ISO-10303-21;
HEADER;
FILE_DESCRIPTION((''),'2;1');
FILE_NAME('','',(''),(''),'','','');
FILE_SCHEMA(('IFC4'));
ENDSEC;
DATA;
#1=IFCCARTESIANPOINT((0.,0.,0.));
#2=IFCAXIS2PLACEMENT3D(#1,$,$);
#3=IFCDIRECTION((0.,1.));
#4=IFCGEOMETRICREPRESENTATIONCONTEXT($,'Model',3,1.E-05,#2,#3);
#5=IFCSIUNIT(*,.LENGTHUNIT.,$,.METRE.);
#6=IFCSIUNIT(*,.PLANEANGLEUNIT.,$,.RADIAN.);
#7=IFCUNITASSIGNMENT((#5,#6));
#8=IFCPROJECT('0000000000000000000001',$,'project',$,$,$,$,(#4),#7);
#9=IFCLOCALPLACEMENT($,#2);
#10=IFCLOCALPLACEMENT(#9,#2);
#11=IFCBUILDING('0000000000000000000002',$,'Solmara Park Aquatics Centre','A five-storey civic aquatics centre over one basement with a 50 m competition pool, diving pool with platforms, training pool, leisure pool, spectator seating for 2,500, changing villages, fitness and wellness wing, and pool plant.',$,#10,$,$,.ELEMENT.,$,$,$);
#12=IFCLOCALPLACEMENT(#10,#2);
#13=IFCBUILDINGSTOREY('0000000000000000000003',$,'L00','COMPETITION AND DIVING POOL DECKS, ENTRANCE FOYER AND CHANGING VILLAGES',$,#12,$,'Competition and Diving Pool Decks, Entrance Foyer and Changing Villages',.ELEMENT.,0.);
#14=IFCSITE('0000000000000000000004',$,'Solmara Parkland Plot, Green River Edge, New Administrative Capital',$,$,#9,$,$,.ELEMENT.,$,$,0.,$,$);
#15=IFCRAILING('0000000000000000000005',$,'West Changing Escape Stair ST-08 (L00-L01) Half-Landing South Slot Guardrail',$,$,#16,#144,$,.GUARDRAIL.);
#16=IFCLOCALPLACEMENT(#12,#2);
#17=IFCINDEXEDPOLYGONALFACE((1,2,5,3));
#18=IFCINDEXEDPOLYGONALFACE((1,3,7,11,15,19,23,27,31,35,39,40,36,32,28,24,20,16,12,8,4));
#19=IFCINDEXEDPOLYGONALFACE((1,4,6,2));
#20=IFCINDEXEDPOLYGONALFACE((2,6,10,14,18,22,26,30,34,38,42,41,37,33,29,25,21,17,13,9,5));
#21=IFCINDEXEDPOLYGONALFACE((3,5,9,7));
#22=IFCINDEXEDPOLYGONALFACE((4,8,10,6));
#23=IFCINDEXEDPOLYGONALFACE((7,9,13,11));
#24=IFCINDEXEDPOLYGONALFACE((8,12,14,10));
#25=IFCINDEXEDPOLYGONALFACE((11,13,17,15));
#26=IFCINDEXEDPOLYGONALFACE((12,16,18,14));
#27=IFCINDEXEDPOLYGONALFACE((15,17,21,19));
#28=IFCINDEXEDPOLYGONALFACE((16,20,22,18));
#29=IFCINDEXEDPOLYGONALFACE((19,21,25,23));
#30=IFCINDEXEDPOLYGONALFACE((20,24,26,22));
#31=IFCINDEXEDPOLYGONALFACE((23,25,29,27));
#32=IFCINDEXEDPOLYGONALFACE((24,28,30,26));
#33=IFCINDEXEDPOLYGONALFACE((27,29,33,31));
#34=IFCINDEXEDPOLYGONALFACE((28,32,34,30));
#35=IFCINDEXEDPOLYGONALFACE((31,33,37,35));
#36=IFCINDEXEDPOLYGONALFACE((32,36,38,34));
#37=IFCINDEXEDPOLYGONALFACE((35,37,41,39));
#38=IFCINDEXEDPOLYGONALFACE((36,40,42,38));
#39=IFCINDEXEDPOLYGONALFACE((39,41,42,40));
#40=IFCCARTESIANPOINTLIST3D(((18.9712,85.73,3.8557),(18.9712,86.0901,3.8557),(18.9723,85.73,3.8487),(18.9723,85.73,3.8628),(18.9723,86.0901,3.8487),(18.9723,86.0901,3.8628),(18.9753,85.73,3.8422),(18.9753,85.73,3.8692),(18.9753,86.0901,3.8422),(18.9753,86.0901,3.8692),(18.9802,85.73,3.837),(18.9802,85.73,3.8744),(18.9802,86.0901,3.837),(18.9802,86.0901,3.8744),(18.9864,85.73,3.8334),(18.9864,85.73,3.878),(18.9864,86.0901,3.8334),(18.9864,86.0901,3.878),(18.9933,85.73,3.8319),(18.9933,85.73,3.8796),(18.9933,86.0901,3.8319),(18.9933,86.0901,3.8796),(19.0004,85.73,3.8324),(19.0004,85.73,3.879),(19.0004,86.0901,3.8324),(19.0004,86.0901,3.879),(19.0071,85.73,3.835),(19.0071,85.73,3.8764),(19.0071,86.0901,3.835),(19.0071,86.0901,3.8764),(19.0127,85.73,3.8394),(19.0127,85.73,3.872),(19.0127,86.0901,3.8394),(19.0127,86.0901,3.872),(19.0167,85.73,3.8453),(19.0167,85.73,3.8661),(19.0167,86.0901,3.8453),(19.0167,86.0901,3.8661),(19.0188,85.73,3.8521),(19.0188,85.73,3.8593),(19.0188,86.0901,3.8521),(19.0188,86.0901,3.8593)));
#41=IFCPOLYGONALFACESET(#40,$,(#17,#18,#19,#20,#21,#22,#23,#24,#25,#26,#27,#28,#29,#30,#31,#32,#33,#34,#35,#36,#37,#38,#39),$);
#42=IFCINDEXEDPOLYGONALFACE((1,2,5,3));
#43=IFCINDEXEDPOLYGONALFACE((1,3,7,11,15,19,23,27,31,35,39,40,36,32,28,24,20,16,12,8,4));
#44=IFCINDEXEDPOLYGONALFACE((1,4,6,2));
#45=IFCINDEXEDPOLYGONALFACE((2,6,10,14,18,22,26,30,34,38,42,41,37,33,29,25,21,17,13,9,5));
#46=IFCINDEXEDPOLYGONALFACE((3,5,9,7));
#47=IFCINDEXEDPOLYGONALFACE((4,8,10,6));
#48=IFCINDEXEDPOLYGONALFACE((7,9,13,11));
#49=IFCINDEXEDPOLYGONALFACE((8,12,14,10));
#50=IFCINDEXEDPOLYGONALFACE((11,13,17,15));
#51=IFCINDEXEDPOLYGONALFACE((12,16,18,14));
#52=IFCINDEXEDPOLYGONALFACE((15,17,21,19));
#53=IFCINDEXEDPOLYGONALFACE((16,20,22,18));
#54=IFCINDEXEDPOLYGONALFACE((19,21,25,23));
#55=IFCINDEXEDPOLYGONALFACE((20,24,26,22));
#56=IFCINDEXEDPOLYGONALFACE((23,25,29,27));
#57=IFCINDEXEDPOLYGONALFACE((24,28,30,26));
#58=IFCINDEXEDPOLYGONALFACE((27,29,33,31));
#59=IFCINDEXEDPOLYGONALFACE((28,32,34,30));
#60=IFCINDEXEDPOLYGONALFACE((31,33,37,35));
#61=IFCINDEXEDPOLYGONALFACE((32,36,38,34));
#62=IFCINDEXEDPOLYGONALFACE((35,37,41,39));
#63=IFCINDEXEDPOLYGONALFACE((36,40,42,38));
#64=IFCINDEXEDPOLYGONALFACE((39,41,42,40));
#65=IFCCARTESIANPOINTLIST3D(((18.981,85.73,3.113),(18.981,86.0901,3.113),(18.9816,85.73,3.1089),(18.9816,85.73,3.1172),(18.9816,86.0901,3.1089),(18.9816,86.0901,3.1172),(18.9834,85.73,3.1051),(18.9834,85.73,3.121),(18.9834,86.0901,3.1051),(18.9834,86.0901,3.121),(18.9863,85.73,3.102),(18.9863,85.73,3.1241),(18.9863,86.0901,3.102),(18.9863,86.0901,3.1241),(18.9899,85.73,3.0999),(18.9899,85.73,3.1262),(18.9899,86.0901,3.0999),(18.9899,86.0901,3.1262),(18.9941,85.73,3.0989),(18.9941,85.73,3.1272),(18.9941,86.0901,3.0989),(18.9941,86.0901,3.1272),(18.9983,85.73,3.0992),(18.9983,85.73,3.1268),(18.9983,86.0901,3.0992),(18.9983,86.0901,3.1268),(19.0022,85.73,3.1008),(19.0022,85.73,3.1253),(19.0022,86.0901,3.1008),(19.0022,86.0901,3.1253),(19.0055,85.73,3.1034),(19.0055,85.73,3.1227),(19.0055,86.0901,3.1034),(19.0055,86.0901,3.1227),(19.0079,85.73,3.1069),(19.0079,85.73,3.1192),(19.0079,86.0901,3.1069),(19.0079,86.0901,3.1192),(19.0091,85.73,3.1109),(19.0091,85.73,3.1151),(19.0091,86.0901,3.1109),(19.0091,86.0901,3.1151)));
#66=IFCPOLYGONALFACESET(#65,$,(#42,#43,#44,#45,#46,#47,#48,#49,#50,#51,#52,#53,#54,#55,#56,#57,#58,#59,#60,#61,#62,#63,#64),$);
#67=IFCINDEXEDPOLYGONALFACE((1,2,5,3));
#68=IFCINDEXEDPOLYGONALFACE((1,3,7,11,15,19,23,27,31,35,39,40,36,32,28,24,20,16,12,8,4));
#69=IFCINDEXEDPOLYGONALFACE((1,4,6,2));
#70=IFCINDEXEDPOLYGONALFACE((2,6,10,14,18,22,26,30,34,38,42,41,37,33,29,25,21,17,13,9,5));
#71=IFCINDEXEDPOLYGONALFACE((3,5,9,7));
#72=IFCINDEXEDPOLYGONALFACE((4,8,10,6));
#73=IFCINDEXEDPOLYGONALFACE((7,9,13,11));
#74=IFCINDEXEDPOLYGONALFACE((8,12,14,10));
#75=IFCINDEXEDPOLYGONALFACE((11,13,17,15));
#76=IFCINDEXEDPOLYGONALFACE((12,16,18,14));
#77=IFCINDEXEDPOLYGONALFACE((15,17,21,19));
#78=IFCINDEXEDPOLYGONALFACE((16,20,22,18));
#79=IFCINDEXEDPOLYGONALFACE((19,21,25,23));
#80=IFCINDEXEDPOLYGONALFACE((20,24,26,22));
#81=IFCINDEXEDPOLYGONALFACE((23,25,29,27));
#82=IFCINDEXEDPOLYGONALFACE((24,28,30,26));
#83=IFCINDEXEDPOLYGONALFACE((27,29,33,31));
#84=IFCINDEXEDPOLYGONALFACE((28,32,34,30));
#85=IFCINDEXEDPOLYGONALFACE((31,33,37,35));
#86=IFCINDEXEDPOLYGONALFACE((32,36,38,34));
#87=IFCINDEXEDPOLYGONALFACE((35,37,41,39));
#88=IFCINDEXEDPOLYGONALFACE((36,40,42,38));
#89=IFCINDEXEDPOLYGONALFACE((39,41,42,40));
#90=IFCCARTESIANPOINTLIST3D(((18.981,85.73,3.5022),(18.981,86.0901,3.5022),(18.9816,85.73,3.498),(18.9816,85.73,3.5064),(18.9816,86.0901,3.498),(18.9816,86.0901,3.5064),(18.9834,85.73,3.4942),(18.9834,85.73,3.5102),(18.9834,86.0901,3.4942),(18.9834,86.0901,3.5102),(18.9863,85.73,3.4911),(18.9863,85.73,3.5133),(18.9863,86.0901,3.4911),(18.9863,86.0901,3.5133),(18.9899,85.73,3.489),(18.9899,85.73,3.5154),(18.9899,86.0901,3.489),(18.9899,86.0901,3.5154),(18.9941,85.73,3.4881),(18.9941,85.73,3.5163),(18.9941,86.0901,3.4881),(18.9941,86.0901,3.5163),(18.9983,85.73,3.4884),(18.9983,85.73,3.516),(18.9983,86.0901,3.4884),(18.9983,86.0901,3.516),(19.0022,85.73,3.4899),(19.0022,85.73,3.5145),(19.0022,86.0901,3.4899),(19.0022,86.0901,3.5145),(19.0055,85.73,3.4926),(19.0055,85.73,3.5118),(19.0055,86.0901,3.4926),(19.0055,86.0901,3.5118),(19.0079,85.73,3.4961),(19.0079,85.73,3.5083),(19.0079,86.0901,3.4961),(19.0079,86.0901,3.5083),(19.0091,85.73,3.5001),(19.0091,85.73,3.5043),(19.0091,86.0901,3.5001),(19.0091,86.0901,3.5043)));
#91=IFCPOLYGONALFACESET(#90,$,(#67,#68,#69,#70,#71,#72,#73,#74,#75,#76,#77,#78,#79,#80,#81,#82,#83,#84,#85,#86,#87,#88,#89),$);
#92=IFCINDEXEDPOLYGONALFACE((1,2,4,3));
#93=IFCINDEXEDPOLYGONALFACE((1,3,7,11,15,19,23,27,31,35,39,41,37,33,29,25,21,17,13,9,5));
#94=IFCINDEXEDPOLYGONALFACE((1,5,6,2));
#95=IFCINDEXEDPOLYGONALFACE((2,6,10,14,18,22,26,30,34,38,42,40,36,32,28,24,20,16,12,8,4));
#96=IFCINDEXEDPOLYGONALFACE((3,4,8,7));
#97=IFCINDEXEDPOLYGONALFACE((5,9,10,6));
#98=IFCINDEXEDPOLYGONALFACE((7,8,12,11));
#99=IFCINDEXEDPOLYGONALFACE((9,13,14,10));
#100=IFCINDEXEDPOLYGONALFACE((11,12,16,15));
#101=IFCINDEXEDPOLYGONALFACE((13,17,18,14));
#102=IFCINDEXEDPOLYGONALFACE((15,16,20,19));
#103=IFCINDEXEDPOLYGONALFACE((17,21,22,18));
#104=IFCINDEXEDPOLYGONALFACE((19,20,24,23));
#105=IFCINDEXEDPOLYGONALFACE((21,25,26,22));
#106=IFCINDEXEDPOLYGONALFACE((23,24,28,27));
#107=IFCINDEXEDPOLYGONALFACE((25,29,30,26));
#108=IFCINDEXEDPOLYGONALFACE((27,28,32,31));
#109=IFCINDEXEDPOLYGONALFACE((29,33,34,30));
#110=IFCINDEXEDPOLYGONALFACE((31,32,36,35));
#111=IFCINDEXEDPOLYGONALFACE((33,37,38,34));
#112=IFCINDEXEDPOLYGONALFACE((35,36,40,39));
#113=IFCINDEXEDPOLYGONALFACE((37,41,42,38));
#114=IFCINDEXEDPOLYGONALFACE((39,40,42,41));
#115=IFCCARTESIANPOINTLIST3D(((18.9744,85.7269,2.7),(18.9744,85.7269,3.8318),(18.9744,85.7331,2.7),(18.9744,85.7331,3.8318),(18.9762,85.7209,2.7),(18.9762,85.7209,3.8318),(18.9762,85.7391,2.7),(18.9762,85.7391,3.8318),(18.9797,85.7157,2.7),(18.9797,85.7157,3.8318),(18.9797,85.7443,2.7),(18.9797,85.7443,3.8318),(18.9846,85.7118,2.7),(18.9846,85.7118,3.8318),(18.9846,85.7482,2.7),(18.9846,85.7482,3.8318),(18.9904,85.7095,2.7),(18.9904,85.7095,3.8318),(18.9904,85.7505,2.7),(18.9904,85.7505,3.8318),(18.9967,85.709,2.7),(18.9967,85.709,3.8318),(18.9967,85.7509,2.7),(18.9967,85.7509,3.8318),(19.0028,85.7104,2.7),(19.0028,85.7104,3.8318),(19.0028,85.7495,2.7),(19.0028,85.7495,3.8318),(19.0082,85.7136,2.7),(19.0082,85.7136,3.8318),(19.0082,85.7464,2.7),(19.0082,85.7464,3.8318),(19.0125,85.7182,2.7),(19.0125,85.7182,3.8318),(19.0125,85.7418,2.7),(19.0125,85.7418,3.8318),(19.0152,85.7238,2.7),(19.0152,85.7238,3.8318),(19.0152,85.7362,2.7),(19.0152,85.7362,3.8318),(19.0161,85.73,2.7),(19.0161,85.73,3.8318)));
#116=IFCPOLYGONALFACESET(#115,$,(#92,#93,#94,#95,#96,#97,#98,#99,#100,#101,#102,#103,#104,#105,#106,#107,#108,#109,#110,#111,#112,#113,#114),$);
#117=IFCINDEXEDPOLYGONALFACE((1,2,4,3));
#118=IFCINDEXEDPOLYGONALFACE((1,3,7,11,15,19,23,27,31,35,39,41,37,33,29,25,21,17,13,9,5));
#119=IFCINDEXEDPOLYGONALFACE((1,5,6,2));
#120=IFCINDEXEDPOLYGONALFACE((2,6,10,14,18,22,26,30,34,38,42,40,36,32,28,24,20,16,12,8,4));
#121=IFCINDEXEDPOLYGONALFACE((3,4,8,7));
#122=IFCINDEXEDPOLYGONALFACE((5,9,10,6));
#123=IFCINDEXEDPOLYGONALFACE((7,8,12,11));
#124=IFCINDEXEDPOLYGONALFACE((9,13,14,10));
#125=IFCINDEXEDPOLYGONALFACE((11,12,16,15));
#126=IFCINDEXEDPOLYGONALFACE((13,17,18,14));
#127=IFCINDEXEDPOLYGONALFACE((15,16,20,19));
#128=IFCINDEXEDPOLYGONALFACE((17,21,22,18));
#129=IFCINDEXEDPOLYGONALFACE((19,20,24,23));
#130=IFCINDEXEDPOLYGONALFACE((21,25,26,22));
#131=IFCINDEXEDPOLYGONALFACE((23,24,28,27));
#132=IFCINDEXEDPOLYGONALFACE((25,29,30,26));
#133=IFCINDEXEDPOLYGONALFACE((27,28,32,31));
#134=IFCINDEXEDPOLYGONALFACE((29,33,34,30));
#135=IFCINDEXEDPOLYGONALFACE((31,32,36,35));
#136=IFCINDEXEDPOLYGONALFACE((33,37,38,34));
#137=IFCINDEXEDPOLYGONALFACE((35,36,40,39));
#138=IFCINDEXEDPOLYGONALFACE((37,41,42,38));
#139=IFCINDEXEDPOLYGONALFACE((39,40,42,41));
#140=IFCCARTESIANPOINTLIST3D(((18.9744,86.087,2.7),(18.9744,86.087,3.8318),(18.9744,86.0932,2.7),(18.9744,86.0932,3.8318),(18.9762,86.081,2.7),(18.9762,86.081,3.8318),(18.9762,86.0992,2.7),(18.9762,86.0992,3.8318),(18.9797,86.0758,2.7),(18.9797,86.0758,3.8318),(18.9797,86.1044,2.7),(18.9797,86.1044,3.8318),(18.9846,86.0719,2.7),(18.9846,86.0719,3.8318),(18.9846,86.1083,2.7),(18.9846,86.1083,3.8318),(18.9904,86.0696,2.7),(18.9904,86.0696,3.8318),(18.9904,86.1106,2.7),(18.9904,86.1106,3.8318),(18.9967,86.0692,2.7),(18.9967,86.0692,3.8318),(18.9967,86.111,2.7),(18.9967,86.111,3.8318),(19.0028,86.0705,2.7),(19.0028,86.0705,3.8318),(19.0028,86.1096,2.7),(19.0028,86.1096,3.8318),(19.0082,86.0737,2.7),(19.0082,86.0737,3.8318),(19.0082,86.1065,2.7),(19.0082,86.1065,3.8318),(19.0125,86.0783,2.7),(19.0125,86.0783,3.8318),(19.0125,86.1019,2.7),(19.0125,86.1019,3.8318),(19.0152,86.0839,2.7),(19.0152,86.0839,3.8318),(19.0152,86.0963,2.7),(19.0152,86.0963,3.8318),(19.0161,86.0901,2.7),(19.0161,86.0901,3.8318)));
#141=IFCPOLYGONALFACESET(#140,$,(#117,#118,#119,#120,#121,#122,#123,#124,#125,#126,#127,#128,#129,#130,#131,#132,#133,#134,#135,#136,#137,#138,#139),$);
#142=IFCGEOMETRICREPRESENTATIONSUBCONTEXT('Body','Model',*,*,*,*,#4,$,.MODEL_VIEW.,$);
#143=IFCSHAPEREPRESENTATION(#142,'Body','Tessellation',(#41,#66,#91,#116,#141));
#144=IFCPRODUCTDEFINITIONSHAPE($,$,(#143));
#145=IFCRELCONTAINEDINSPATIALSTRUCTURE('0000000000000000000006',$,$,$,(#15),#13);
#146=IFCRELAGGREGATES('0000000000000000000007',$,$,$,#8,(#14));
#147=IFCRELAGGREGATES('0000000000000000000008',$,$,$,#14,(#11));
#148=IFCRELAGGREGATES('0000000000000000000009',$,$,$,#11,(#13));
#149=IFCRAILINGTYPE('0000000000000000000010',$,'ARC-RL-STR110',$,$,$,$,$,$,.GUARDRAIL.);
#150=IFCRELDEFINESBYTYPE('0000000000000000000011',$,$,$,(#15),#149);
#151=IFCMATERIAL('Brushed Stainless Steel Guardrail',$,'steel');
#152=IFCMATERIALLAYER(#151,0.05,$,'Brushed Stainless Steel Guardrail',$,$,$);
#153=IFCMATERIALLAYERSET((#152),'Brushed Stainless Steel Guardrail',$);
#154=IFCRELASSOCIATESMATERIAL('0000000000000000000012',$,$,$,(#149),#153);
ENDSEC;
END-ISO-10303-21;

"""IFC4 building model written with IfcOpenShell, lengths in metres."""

from ifc_helpers import new_model, si_unit, direction, frame, origin, origin_2d, place, context, subcontext, project, spatial, circle, extrude, material, layer, layer_set, type_object, element, save


model = new_model("IFC4")

# Units and contexts
model_context = context("Model", 3, precision=1e-05, world=origin(), true_north=direction((0.0, 1.0)))
body_context = subcontext(model_context, "Body", "Model", "MODEL_VIEW")
ifc_project = project(units=[si_unit("LENGTHUNIT", "METRE"), si_unit("PLANEANGLEUNIT", "RADIAN")], contexts=[model_context])

# Site, building, storey
site_placement = place(None, origin())
site = spatial("IfcSite", under=ifc_project, at=site_placement, Name="Solmara Parkland Plot, Green River Edge, New Administrative Capital", CompositionType="ELEMENT", RefElevation=0.0)
building_placement = place(site_placement, origin())
building = spatial("IfcBuilding", under=site, at=building_placement, Name="Solmara Park Aquatics Centre", Description="A five-storey civic aquatics centre over one basement with a 50 m competition pool, diving pool with platforms, training pool, leisure pool, spectator seating for 2,500, changing villages, fitness and wellness wing, and pool plant.", CompositionType="ELEMENT")
storey_placement = place(building_placement, origin())
storey = spatial("IfcBuildingStorey", under=building, at=storey_placement, Name="L00", Description="COMPETITION AND DIVING POOL DECKS, ENTRANCE FOYER AND CHANGING VILLAGES", LongName="Competition and Diving Pool Decks, Entrance Foyer and Changing Villages", CompositionType="ELEMENT", Elevation=0.0)

# Railing
ifc_material_1 = material(Name="Brushed Stainless Steel Guardrail", Category="steel")
ifc_layer_1 = layer(ifc_material_1, 0.05, Name="Brushed Stainless Steel Guardrail")
ifc_layer_set_1 = layer_set([ifc_layer_1], Name="Brushed Stainless Steel Guardrail")
railing_type_1 = type_object("IfcRailingType", Name="ARC-RL-STR110", PredefinedType="GUARDRAIL", material=ifc_layer_set_1)
railing_1_placement = place(storey_placement, frame((18.9951, 85.73, 2.7)))
element("IfcRailing", 1, at=railing_1_placement, inside=storey, type_object=railing_type_1, Name="West Changing Escape Stair ST-08 (L00-L01) Half-Landing South Slot Guardrail", PredefinedType="GUARDRAIL", context=body_context, shape_type="SweptSolid", body=[
    extrude(circle(Radius=0.0239, at=origin_2d()), frame((0.0, 0.0, 1.1558), z_axis=(0.0, 1.0, 0.0), x_axis=(-1.0, 0.0, 0.0)), (0.0, 0.0, 1.0), 0.3601),
    extrude(circle(Radius=0.0142, at=origin_2d()), frame((0.0, 0.0, 0.4131), z_axis=(0.0, 1.0, 0.0), x_axis=(-1.0, 0.0, 0.0)), (0.0, 0.0, 1.0), 0.3601),
    extrude(circle(Radius=0.0142, at=origin_2d()), frame((0.0, 0.0, 0.8022), z_axis=(0.0, 1.0, 0.0), x_axis=(-1.0, 0.0, 0.0)), (0.0, 0.0, 1.0), 0.3601),
    extrude(circle(Radius=0.021, at=origin_2d()), origin(), (0.0, 0.0, 1.0), 1.1318),
    extrude(circle(Radius=0.021, at=origin_2d()), frame((0.0, 0.3601, 0.0)), (0.0, 0.0, 1.0), 1.1318),
])

save(model, "model.ifc")
